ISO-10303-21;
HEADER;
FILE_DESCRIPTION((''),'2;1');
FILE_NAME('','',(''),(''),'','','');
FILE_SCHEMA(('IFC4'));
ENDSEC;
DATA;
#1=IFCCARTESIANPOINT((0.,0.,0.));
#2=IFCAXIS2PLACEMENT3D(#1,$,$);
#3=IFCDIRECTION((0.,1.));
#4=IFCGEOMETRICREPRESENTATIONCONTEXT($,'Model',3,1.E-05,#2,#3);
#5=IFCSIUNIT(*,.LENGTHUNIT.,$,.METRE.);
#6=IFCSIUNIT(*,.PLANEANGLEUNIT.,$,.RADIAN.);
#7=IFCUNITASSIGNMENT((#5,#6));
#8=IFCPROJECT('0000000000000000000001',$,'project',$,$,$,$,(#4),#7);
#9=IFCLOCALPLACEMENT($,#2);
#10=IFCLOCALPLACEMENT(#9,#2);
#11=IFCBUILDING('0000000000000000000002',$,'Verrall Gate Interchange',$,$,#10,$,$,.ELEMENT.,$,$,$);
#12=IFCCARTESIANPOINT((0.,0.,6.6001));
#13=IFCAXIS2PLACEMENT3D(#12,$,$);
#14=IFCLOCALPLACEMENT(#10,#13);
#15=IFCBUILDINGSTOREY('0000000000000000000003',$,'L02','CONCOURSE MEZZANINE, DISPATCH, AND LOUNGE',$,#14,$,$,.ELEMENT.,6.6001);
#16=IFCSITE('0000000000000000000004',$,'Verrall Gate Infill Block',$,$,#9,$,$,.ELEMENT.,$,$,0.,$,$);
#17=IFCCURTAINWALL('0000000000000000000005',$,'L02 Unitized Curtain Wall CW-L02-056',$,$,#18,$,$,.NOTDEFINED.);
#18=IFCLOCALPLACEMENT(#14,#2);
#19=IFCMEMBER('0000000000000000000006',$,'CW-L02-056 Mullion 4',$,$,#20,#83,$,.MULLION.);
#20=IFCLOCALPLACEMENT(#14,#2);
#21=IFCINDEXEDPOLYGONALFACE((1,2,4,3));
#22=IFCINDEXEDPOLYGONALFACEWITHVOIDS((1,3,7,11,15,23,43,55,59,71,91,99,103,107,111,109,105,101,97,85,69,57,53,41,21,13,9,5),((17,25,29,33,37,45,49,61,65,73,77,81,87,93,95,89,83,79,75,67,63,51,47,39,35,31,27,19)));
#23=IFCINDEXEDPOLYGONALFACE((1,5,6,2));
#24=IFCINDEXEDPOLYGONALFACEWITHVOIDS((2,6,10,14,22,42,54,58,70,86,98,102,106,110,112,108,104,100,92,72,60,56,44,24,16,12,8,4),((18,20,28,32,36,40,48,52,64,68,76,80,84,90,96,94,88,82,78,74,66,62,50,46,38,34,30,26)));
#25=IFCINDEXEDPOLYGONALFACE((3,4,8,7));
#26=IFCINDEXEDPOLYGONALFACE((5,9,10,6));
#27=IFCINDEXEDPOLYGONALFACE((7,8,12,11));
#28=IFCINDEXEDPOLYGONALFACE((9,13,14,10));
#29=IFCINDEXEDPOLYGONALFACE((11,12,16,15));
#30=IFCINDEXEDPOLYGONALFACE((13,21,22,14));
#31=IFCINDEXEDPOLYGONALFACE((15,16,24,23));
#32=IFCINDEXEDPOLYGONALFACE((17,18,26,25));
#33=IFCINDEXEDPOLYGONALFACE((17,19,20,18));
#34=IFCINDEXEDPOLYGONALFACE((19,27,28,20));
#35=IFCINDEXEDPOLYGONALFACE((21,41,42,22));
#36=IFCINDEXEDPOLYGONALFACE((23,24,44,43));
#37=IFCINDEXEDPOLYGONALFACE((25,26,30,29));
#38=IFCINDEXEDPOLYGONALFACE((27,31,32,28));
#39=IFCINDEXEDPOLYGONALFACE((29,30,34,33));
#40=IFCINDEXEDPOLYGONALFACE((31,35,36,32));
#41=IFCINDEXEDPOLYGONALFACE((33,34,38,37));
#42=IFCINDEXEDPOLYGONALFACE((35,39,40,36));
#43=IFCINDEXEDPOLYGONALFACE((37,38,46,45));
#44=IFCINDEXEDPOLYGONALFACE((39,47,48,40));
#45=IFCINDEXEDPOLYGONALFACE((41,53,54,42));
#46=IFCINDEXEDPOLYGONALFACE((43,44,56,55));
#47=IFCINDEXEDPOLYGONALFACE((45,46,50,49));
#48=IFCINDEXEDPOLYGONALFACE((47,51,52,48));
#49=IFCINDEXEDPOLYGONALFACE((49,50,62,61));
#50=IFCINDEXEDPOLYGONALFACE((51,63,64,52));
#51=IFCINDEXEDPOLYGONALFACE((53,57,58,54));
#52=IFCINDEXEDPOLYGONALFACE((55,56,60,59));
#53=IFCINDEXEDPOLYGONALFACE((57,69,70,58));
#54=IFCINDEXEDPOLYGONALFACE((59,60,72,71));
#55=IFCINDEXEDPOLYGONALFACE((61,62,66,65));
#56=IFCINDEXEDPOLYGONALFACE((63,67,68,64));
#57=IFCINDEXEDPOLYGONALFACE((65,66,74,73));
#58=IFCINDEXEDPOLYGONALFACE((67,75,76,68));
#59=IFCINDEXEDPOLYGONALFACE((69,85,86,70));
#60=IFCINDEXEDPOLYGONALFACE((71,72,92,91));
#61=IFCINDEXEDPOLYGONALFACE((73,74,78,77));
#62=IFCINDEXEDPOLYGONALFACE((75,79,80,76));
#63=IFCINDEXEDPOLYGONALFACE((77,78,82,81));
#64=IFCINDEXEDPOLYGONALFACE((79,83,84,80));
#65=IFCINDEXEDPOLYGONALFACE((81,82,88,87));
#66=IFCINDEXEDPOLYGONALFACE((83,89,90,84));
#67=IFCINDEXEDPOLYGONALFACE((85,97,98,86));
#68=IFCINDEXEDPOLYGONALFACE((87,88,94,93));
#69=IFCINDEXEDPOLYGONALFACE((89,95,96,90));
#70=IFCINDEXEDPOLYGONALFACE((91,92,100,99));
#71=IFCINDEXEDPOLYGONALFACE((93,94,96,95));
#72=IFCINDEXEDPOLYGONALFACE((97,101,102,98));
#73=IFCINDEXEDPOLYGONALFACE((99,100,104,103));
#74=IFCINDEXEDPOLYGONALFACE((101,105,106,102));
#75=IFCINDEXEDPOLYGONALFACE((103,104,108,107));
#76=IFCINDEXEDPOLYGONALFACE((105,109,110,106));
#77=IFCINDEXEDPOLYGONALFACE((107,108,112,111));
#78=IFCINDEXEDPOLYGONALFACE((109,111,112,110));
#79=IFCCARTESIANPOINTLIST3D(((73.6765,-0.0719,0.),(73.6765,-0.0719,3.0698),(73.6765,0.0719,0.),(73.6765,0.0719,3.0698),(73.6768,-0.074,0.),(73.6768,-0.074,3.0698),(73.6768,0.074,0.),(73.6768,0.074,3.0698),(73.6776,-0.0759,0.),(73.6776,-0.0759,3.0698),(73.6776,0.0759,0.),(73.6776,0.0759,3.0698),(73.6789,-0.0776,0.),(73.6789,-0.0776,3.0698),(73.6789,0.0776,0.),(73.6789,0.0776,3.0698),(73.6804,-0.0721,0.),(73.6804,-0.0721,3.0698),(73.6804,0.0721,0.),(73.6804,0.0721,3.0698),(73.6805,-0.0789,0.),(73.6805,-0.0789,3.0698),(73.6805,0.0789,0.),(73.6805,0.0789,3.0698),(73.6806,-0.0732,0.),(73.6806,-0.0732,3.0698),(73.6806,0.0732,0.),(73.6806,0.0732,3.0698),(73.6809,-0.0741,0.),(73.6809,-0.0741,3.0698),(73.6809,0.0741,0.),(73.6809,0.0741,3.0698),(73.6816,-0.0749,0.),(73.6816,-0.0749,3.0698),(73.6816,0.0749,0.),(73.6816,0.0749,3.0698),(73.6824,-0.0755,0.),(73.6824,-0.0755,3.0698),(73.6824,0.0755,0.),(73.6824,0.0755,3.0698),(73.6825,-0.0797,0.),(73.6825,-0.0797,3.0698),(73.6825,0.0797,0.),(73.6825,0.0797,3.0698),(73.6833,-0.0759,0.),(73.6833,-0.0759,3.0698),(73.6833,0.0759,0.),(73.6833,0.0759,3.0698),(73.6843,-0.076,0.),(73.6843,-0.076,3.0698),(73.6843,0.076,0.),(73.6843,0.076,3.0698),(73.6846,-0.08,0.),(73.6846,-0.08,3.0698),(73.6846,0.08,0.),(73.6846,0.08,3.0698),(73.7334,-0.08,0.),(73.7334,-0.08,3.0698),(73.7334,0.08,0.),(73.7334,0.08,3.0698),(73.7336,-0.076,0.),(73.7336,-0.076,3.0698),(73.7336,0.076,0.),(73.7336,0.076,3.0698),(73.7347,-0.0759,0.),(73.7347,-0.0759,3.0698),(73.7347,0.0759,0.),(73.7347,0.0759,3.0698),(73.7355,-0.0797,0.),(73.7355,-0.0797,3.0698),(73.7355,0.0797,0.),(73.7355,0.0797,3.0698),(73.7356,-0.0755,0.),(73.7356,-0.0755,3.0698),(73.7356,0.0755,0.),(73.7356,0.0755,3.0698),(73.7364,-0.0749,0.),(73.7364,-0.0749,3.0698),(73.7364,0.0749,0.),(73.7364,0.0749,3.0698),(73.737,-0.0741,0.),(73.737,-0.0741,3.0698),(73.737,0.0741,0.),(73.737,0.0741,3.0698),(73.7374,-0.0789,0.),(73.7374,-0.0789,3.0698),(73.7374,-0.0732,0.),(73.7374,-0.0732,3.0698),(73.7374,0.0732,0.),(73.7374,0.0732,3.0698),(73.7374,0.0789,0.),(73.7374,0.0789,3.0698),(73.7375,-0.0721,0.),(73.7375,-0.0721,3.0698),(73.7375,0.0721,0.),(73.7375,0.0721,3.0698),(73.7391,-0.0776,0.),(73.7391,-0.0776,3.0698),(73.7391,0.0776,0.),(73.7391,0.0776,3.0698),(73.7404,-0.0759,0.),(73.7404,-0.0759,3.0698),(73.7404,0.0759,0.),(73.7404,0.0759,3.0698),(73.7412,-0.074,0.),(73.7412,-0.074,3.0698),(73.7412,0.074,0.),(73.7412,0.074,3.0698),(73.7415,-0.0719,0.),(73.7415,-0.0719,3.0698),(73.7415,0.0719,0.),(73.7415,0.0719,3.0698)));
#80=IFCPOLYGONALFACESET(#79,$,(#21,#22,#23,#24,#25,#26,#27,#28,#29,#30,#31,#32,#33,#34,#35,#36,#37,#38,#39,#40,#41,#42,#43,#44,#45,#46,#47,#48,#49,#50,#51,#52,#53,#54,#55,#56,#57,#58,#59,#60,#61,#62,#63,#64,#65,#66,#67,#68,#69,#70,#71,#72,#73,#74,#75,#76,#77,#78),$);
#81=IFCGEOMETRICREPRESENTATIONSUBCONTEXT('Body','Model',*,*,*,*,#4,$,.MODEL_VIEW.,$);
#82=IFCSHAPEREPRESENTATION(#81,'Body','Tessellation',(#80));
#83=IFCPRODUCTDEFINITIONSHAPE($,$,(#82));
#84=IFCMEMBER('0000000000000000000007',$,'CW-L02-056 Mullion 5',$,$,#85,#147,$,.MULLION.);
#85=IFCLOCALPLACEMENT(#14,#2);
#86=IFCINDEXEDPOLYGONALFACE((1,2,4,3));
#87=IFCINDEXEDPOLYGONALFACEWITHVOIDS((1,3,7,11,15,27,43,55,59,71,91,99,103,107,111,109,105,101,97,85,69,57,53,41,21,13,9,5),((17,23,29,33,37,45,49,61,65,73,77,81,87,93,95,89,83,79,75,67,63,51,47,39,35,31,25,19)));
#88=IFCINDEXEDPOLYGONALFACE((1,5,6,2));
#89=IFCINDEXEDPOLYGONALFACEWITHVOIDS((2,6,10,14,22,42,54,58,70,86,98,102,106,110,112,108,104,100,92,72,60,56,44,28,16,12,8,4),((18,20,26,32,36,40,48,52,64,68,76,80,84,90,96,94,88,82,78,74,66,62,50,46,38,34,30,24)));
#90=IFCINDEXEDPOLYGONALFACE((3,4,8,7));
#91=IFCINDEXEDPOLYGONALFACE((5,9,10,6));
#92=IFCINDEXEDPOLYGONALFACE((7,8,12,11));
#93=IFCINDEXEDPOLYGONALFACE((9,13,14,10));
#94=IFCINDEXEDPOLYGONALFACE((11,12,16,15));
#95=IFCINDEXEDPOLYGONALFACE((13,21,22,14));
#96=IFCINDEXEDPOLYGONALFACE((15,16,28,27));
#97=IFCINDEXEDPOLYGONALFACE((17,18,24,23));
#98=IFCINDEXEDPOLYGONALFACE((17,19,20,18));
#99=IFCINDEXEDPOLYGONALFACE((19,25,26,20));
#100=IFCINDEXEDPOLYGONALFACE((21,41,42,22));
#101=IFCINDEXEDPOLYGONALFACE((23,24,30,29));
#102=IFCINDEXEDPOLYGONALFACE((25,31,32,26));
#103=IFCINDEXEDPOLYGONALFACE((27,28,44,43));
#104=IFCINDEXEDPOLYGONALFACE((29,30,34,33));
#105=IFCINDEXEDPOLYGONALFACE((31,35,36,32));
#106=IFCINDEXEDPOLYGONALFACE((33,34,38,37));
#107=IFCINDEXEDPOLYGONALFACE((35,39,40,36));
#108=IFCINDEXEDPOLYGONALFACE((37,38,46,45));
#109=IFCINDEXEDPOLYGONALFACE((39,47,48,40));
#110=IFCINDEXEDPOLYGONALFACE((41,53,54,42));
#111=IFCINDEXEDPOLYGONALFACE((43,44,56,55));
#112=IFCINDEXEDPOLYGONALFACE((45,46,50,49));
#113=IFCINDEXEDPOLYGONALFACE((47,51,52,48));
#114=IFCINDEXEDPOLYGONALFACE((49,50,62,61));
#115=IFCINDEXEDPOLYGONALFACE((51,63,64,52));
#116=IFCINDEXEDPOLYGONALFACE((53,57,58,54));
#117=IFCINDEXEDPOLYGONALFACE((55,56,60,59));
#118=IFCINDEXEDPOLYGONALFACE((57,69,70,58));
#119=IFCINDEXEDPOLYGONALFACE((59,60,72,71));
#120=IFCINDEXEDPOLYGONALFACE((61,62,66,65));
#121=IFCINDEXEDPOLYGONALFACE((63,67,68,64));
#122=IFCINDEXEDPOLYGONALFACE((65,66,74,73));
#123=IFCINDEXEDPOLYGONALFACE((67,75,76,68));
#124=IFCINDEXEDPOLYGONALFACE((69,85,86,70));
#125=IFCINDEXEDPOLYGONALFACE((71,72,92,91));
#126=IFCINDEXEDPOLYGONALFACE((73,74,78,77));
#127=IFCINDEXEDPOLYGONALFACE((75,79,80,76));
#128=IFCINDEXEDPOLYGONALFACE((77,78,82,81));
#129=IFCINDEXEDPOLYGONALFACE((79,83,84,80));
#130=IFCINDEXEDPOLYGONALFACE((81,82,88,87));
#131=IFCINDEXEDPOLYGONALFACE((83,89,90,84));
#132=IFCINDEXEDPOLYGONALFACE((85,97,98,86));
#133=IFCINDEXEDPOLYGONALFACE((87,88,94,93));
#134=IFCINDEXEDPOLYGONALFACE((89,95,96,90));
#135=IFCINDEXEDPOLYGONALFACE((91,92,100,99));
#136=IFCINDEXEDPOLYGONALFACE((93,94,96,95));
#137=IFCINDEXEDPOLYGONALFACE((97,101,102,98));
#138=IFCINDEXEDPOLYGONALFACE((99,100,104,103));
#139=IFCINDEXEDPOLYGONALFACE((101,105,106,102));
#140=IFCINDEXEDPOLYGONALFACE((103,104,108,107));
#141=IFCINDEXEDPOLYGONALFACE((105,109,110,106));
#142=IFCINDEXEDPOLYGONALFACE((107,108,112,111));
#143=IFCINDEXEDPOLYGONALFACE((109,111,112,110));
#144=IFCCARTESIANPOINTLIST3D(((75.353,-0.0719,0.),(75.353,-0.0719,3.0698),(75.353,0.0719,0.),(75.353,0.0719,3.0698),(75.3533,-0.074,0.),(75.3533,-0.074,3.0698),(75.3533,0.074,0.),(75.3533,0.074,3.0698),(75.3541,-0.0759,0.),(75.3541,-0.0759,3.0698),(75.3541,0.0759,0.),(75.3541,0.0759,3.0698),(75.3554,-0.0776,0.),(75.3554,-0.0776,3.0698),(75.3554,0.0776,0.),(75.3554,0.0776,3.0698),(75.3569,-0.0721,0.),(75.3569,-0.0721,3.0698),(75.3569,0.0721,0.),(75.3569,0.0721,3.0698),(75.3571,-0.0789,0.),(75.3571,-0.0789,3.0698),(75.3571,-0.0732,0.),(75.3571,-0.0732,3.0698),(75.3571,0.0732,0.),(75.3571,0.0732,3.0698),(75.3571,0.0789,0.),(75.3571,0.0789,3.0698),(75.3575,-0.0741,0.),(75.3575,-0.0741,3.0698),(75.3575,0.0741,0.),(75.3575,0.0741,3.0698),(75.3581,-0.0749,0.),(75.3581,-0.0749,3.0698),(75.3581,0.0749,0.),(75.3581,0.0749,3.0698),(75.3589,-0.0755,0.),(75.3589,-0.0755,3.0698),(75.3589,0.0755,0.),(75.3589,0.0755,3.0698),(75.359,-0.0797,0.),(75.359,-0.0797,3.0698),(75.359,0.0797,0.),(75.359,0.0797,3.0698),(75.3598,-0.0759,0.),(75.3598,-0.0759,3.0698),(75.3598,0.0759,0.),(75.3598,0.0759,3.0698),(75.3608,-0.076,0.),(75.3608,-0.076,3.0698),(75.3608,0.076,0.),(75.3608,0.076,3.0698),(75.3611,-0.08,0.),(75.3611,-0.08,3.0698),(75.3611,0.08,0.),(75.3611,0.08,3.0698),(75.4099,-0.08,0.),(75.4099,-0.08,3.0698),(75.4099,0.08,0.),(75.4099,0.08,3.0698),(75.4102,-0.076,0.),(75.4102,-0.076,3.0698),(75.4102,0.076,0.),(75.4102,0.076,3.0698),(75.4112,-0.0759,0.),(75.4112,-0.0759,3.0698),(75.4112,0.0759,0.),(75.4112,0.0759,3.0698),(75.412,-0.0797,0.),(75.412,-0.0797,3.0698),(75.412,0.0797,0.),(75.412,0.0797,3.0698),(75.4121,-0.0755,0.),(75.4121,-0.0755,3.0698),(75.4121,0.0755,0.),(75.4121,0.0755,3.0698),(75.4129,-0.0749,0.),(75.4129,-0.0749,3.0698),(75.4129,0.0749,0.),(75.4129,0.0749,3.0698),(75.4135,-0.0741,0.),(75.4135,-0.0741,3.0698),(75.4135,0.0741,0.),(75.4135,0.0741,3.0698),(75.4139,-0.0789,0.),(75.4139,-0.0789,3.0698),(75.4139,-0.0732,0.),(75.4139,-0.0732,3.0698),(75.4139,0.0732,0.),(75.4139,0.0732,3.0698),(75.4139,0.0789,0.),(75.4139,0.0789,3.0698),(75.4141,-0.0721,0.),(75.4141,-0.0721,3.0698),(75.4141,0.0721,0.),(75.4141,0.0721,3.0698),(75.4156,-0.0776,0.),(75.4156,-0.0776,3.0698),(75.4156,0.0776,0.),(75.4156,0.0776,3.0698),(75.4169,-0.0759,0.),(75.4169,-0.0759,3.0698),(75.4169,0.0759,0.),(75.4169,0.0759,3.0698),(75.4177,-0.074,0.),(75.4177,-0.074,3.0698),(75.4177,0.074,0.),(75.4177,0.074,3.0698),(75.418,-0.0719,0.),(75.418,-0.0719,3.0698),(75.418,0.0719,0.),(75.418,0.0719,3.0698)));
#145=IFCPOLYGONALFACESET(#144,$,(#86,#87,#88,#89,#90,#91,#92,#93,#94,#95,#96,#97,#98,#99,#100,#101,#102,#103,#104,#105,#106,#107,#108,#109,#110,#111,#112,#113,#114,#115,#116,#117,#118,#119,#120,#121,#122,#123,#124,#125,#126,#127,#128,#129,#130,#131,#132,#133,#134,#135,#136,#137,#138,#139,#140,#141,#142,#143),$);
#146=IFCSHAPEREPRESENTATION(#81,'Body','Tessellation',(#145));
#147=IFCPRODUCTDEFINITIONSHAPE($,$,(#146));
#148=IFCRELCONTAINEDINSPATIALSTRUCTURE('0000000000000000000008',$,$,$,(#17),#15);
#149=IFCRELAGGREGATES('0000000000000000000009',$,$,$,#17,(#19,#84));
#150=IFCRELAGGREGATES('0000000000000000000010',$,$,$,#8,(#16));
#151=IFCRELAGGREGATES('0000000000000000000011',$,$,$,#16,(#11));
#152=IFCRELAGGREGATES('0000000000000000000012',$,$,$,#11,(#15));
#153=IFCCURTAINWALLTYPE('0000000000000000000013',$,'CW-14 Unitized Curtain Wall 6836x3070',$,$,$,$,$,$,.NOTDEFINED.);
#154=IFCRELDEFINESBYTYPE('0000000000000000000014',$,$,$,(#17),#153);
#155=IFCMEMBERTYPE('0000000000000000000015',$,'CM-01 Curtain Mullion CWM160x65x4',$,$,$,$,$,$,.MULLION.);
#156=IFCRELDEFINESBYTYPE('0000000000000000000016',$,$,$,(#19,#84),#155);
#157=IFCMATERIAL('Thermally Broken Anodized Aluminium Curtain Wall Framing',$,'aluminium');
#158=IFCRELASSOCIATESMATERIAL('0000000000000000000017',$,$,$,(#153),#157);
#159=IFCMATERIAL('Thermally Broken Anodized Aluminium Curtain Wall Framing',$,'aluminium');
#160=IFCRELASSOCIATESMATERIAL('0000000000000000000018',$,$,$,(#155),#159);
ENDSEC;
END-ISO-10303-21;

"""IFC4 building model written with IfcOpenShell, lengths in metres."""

from ifc_helpers import new_model, si_unit, direction, frame, origin, origin_2d, place, context, subcontext, project, spatial, hollow_rectangle, extrude, material, material_profile, profile_set, type_object, element, aggregate, save


model = new_model("IFC4")

# Units and contexts
model_context = context("Model", 3, precision=1e-05, world=origin(), true_north=direction((0.0, 1.0)))
body_context = subcontext(model_context, "Body", "Model", "MODEL_VIEW")
ifc_project = project(units=[si_unit("LENGTHUNIT", "METRE"), si_unit("PLANEANGLEUNIT", "RADIAN")], contexts=[model_context])

# Site, building, storey
site_placement = place(None, origin())
site = spatial("IfcSite", under=ifc_project, at=site_placement, Name="Verrall Gate Infill Block", CompositionType="ELEMENT", RefElevation=0.0)
building_placement = place(site_placement, origin())
building = spatial("IfcBuilding", under=site, at=building_placement, Name="Verrall Gate Interchange", CompositionType="ELEMENT")
storey_placement = place(building_placement, frame((0.0, 0.0, 6.6001)))
storey = spatial("IfcBuildingStorey", under=building, at=storey_placement, Name="L02", Description="CONCOURSE MEZZANINE, DISPATCH, AND LOUNGE", CompositionType="ELEMENT", Elevation=6.6001)

# Curtain wall, members
ifc_material_1 = material(Name="Thermally Broken Anodized Aluminium Curtain Wall Framing", Category="aluminium")
curtain_wall_type = type_object("IfcCurtainWallType", Name="CW-14 Unitized Curtain Wall 6836x3070", PredefinedType="NOTDEFINED", material=ifc_material_1)
curtain_wall_1_placement = place(storey_placement, origin())
curtain_wall_1 = element("IfcCurtainWall", 1, at=curtain_wall_1_placement, inside=storey, type_object=curtain_wall_type, Name="L02 Unitized Curtain Wall CW-L02-056", PredefinedType="NOTDEFINED")
ifc_material_2 = material(Name="Thermally Broken Anodized Aluminium Curtain Wall Framing", Category="aluminium")
ifc_material_profile_1 = material_profile(ifc_material_2, hollow_rectangle(XDim=0.0649, YDim=0.1599, WallThickness=0.0039, InnerFilletRadius=0.0039, OuterFilletRadius=0.0081, at=origin_2d()), Name="CWM160x65x4")
ifc_profile_set_1 = profile_set([ifc_material_profile_1], Name="Thermally Broken Anodized Aluminium Curtain Wall Framing")
member_type_1 = type_object("IfcMemberType", Name="CM-01 Curtain Mullion CWM160x65x4", PredefinedType="MULLION", material=ifc_profile_set_1)
member_1_placement = place(storey_placement, frame((73.709, 0.0, 0.0), z_axis=(0.0, 0.0, 1.0), x_axis=(1.0, 0.0, 0.0)))
member_1 = element("IfcMember", 2, at=member_1_placement, type_object=member_type_1, Name="CW-L02-056 Mullion 4", PredefinedType="MULLION", context=body_context, shape_type="SweptSolid", body=[
    extrude(hollow_rectangle(XDim=0.0649, YDim=0.1599, WallThickness=0.0039, InnerFilletRadius=0.0039, OuterFilletRadius=0.0081, at=origin_2d()), origin(), (0.0, 0.0, 1.0), 3.0698),
])
member_2_placement = place(storey_placement, frame((75.3855, 0.0, 0.0), z_axis=(0.0, 0.0, 1.0), x_axis=(1.0, 0.0, 0.0)))
member_2 = element("IfcMember", 3, at=member_2_placement, type_object=member_type_1, Name="CW-L02-056 Mullion 5", PredefinedType="MULLION", context=body_context, shape_type="SweptSolid", body=[
    extrude(hollow_rectangle(XDim=0.0649, YDim=0.1599, WallThickness=0.0039, InnerFilletRadius=0.0039, OuterFilletRadius=0.0081, at=origin_2d()), origin(), (0.0, 0.0, 1.0), 3.0698),
])

aggregate(curtain_wall_1, [member_1, member_2])

save(model, "model.ifc")
